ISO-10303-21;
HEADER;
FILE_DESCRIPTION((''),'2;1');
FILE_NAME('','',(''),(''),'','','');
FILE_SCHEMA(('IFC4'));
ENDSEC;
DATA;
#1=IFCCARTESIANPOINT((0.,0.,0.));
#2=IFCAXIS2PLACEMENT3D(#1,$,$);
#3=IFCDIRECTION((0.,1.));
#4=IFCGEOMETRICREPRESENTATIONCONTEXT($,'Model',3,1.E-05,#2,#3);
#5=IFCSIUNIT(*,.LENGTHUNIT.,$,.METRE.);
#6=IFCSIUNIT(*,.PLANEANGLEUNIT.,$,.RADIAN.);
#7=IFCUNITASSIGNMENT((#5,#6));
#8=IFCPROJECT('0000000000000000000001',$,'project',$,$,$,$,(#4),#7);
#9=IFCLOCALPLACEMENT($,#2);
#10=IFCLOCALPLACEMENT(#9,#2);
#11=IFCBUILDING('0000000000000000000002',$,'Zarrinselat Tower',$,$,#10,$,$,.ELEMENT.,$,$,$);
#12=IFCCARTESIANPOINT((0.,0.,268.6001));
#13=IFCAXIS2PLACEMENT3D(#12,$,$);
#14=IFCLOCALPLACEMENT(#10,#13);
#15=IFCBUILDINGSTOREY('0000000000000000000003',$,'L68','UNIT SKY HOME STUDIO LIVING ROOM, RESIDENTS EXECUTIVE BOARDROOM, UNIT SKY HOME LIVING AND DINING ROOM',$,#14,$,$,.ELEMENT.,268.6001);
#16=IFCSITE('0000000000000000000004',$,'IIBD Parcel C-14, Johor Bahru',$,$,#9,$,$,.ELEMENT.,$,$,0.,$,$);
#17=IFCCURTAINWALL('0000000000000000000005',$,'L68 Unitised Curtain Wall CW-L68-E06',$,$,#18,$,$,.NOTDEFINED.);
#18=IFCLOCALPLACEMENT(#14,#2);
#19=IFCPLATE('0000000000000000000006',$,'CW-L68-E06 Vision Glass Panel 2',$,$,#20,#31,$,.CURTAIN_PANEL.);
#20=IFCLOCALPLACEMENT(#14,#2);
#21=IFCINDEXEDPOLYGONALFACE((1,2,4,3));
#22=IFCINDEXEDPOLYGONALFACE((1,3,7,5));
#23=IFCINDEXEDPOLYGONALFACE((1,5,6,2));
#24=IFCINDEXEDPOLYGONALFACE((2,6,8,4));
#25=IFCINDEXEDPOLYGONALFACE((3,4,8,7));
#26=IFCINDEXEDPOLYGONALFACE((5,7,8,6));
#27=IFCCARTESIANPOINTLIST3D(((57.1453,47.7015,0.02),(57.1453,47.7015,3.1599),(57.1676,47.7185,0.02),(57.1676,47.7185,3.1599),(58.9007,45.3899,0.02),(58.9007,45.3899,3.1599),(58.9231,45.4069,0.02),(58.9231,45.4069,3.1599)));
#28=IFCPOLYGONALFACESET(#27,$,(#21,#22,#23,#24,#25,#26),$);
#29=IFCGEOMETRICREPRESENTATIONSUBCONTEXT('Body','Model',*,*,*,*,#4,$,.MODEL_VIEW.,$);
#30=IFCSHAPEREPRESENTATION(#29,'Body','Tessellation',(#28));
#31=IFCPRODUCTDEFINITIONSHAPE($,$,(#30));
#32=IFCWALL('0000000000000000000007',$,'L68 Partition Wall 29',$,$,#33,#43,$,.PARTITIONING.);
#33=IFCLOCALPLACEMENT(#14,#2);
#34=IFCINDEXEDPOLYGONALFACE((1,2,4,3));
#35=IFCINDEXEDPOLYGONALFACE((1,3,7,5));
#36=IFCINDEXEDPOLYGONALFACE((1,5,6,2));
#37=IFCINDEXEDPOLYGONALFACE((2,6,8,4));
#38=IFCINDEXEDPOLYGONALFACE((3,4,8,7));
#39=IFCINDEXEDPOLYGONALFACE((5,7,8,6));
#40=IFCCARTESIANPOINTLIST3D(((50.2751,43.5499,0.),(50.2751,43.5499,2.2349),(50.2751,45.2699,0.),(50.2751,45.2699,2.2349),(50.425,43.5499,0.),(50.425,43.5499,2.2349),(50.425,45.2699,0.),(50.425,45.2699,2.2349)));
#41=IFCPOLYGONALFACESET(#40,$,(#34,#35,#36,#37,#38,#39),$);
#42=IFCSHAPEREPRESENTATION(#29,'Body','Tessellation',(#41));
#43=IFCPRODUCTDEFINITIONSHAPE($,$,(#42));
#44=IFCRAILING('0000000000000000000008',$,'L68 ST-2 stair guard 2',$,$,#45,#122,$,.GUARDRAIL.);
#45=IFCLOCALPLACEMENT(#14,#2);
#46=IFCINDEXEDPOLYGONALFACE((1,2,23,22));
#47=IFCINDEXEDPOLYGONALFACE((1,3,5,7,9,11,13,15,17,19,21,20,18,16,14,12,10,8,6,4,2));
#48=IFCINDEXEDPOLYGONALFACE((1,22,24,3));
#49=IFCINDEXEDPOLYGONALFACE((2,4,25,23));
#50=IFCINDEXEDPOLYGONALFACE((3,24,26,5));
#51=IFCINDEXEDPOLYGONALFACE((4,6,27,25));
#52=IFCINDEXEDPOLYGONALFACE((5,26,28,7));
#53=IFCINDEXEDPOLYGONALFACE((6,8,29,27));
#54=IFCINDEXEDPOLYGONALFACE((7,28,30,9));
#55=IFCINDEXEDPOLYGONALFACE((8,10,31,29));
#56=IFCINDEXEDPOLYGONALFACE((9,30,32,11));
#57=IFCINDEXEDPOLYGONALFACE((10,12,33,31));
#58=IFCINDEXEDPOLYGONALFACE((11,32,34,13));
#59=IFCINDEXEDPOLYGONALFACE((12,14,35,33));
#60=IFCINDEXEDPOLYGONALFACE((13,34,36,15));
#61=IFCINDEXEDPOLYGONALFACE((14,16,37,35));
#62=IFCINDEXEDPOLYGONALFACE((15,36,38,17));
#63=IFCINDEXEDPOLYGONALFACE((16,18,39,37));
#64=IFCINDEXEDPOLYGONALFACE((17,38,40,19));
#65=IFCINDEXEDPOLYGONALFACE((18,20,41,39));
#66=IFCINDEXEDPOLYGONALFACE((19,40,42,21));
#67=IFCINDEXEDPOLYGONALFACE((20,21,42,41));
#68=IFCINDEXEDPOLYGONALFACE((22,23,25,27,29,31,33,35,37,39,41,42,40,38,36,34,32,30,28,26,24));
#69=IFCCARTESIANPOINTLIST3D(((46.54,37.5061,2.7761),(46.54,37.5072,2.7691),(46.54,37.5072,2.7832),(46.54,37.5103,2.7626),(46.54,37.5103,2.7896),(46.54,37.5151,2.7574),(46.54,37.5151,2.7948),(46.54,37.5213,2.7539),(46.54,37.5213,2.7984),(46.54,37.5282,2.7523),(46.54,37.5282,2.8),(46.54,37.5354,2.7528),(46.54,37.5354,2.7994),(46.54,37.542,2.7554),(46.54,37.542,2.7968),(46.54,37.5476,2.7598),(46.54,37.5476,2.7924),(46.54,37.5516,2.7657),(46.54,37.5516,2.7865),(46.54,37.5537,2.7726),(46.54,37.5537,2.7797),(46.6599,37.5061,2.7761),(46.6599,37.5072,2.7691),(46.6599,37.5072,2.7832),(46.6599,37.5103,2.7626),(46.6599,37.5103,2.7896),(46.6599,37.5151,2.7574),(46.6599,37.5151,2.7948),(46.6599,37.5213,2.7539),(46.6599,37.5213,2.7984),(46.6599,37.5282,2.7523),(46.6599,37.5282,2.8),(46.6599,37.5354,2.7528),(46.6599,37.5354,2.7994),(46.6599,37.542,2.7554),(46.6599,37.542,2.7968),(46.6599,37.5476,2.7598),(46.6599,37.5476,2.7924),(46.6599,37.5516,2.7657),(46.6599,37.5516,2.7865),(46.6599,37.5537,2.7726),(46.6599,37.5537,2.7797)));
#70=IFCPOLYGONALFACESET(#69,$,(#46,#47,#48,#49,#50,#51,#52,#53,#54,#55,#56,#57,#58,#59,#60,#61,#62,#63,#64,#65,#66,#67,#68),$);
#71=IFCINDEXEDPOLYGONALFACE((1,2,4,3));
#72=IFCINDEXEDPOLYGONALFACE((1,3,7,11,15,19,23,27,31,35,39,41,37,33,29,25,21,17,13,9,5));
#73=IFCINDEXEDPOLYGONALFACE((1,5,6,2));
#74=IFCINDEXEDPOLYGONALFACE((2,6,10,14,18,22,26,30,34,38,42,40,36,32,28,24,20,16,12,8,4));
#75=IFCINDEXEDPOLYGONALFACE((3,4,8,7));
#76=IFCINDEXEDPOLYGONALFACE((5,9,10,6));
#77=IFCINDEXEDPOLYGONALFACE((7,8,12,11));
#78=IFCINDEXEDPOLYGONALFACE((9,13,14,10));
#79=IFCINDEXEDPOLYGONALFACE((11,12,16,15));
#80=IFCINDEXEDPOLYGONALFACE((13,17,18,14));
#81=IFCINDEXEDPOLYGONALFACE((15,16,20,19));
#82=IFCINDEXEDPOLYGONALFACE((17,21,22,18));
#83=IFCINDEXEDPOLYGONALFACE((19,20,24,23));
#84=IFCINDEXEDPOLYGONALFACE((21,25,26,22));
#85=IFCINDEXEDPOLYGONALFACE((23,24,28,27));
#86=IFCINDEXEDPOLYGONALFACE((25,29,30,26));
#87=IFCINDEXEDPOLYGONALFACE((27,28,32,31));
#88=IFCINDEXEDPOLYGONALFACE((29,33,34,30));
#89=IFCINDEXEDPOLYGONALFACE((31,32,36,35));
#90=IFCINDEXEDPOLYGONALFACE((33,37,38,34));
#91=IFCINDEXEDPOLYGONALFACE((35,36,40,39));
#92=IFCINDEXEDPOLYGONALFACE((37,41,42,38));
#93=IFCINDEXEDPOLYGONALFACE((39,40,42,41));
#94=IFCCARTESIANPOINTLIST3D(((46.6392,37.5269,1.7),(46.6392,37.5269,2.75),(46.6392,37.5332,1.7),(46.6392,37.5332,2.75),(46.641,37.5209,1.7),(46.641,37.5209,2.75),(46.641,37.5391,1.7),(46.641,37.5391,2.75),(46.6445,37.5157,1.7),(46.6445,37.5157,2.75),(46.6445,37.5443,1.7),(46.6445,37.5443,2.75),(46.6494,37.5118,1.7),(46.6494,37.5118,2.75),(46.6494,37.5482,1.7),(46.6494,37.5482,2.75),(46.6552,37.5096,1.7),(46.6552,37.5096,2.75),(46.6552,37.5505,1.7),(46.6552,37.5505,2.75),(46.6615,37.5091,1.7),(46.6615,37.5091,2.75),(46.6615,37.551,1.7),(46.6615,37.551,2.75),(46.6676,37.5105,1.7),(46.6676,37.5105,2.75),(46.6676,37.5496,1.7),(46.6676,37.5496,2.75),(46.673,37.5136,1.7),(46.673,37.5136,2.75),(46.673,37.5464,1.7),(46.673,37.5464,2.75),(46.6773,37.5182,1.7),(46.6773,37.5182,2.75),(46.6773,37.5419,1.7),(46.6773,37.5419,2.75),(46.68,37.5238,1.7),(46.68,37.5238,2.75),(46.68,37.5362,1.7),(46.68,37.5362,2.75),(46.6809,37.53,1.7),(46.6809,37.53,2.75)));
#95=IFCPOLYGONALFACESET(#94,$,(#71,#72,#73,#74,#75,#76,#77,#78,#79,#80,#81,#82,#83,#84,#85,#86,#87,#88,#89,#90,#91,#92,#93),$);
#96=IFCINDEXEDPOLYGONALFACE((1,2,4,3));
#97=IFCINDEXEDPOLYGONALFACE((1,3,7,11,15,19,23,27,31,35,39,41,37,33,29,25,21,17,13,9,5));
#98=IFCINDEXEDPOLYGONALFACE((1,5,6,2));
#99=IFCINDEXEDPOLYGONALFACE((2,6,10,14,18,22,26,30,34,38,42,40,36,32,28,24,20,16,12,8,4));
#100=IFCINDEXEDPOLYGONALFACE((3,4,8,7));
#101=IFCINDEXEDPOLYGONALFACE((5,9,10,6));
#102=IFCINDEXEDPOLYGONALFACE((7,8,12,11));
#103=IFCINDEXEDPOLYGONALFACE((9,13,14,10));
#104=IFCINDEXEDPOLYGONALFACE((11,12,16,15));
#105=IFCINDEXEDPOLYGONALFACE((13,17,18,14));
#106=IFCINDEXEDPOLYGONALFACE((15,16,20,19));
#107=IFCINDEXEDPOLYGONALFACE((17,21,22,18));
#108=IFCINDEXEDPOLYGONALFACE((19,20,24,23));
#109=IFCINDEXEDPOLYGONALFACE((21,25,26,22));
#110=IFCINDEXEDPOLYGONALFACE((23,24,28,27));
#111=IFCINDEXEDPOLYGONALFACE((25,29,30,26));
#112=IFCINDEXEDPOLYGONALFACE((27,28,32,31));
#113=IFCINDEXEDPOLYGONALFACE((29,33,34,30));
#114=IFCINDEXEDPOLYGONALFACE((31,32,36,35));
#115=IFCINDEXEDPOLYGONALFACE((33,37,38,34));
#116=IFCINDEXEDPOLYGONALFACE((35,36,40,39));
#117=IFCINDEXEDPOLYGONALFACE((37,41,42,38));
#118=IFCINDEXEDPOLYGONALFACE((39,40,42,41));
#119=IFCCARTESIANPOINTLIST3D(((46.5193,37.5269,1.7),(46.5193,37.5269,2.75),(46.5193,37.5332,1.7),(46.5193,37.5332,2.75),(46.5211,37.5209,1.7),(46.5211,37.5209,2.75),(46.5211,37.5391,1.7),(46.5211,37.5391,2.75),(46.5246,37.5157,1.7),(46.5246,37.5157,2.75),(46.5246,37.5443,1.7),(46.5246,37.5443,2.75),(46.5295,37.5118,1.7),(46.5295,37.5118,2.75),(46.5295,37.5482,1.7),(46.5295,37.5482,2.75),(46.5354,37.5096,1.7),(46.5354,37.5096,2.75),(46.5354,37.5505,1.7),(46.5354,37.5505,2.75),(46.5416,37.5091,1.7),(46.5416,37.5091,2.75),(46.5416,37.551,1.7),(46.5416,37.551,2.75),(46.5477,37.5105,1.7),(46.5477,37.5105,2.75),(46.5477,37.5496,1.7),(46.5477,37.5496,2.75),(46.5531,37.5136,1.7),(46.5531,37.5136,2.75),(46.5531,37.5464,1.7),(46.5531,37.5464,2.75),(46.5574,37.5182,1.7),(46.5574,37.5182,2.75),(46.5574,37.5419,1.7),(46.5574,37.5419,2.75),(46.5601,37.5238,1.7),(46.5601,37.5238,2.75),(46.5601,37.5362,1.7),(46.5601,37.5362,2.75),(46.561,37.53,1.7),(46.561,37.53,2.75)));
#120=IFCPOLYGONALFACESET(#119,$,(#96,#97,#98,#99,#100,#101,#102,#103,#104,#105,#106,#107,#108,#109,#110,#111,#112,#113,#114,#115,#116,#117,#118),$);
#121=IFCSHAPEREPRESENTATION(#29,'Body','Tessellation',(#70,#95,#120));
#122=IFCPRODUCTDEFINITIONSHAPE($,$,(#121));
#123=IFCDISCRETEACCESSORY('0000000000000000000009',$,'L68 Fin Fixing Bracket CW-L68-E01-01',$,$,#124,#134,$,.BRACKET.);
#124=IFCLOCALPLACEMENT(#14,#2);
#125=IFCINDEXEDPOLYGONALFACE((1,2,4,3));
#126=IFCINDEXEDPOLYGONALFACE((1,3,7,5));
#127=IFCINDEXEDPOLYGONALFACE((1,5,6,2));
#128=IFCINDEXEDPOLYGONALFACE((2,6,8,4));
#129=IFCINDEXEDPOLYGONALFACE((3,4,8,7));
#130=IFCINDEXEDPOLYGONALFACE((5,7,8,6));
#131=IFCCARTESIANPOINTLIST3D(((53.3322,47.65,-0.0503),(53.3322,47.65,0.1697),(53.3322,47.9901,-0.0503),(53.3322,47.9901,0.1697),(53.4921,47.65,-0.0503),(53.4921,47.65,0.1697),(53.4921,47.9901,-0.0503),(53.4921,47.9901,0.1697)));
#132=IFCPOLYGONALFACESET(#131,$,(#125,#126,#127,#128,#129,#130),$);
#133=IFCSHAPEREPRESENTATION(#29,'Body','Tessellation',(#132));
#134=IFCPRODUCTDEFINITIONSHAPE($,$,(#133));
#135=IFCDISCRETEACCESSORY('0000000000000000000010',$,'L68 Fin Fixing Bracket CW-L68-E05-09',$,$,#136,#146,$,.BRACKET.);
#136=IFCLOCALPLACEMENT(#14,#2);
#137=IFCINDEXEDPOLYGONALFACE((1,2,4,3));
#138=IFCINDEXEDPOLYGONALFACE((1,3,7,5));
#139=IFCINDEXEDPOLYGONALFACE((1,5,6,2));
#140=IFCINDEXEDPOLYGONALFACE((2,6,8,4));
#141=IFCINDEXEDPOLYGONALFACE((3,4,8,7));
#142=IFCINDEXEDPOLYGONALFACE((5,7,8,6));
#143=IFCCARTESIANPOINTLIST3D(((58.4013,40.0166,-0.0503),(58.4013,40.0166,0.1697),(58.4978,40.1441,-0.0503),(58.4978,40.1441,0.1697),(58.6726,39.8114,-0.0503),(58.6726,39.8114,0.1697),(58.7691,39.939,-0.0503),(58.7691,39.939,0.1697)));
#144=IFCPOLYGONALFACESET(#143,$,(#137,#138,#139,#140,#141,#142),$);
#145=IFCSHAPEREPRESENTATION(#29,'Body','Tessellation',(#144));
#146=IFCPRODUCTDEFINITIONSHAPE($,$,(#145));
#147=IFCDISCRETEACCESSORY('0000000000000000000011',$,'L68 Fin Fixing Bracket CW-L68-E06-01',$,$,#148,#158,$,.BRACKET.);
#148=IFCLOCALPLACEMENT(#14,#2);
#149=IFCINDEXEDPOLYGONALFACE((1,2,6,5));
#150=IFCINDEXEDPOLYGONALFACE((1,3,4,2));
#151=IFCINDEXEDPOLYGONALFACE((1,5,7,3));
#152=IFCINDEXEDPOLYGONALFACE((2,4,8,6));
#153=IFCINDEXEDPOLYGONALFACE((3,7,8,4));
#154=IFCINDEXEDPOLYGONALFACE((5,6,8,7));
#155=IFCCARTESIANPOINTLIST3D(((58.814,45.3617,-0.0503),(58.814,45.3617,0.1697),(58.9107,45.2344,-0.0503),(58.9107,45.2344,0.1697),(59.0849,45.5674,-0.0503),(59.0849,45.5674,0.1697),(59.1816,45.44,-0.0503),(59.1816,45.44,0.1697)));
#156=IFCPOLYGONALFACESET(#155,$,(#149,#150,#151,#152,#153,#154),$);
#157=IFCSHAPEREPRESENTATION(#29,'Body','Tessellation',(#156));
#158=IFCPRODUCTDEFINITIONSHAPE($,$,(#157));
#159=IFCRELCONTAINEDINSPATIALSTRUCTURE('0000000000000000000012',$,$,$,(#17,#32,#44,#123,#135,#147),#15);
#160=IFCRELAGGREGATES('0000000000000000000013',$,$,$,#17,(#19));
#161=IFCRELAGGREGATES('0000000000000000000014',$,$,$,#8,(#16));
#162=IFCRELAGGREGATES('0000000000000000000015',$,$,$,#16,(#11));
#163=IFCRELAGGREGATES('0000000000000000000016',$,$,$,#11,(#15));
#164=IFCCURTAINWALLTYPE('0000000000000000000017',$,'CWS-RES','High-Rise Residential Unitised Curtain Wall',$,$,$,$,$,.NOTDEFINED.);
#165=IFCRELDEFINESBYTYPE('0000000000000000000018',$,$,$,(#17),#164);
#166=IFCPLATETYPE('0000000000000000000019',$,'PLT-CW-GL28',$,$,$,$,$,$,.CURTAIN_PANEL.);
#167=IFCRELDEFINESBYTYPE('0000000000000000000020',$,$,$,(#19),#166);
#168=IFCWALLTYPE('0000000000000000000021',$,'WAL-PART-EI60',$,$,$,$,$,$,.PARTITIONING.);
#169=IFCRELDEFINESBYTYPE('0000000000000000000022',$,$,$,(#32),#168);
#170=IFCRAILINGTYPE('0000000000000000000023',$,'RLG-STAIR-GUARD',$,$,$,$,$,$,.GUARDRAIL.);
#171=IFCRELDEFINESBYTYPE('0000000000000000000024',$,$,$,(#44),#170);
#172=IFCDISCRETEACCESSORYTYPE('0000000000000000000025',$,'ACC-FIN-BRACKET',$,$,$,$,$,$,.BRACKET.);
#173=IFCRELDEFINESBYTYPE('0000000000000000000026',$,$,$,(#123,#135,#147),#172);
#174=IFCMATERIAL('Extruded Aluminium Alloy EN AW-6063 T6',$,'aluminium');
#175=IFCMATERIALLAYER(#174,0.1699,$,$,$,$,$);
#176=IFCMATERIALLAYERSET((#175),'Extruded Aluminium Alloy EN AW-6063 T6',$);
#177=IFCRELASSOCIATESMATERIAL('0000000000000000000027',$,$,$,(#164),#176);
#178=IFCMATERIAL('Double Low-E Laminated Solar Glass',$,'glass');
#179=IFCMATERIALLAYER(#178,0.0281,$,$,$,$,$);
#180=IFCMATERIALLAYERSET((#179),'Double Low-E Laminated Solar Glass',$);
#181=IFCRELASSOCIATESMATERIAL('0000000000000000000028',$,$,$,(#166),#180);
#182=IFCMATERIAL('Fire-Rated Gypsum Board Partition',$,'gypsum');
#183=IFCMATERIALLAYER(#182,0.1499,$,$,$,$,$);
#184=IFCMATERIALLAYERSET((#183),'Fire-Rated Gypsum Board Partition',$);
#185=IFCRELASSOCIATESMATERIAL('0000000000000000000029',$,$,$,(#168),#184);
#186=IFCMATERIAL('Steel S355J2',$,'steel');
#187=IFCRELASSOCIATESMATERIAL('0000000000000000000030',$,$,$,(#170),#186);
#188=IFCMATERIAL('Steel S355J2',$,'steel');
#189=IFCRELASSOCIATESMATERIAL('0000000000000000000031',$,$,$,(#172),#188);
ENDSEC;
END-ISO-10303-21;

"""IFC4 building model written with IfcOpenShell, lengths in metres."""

from ifc_helpers import new_model, si_unit, direction, frame, frame_2d, origin, origin_2d, place, context, subcontext, project, spatial, rectangle, circle, extrude, material, layer, layer_set, type_object, element, aggregate, save


model = new_model("IFC4")

# Units and contexts
model_context = context("Model", 3, precision=1e-05, world=origin(), true_north=direction((0.0, 1.0)))
body_context = subcontext(model_context, "Body", "Model", "MODEL_VIEW")
ifc_project = project(units=[si_unit("LENGTHUNIT", "METRE"), si_unit("PLANEANGLEUNIT", "RADIAN")], contexts=[model_context])

# Site, building, storey
site_placement = place(None, origin())
site = spatial("IfcSite", under=ifc_project, at=site_placement, Name="IIBD Parcel C-14, Johor Bahru", CompositionType="ELEMENT", RefElevation=0.0)
building_placement = place(site_placement, origin())
building = spatial("IfcBuilding", under=site, at=building_placement, Name="Zarrinselat Tower", CompositionType="ELEMENT")
storey_placement = place(building_placement, frame((0.0, 0.0, 268.6001)))
storey = spatial("IfcBuildingStorey", under=building, at=storey_placement, Name="L68", Description="UNIT SKY HOME STUDIO LIVING ROOM, RESIDENTS EXECUTIVE BOARDROOM, UNIT SKY HOME LIVING AND DINING ROOM", CompositionType="ELEMENT", Elevation=268.6001)

# Shared definitions
ifc_material_1 = material(Name="Extruded Aluminium Alloy EN AW-6063 T6", Category="aluminium")
ifc_layer_1 = layer(ifc_material_1, 0.1699)
ifc_layer_set_1 = layer_set([ifc_layer_1], Name="Extruded Aluminium Alloy EN AW-6063 T6")
curtain_wall_type_1 = type_object("IfcCurtainWallType", Name="CWS-RES", Description="High-Rise Residential Unitised Curtain Wall", PredefinedType="NOTDEFINED", material=ifc_layer_set_1)

# Curtain wall
curtain_wall_1_placement = place(storey_placement, origin())
curtain_wall_1 = element("IfcCurtainWall", 1, at=curtain_wall_1_placement, inside=storey, type_object=curtain_wall_type_1, Name="L68 Unitised Curtain Wall CW-L68-E06", PredefinedType="NOTDEFINED")

# Plate
ifc_material_2 = material(Name="Double Low-E Laminated Solar Glass", Category="glass")
ifc_layer_2 = layer(ifc_material_2, 0.0281)
ifc_layer_set_2 = layer_set([ifc_layer_2], Name="Double Low-E Laminated Solar Glass")
plate_type = type_object("IfcPlateType", Name="PLT-CW-GL28", PredefinedType="CURTAIN_PANEL", material=ifc_layer_set_2)
plate_1_placement = place(storey_placement, frame((58.0342, 46.5542, 0.02), z_axis=(0.0, 0.0, 1.0), x_axis=(-0.604782, 0.796391, 0.0)))
plate_1 = element("IfcPlate", 2, at=plate_1_placement, type_object=plate_type, Name="CW-L68-E06 Vision Glass Panel 2", PredefinedType="CURTAIN_PANEL", context=body_context, shape_type="SweptSolid", body=[
    extrude(rectangle(XDim=2.9026, YDim=0.0281, at=origin_2d()), origin(), (0.0, 0.0, 1.0), 3.1399),
])
aggregate(curtain_wall_1, [plate_1])

# Wall
ifc_material_3 = material(Name="Fire-Rated Gypsum Board Partition", Category="gypsum")
ifc_layer_3 = layer(ifc_material_3, 0.1499)
ifc_layer_set_3 = layer_set([ifc_layer_3], Name="Fire-Rated Gypsum Board Partition")
wall_type = type_object("IfcWallType", Name="WAL-PART-EI60", PredefinedType="PARTITIONING", material=ifc_layer_set_3)
wall_placement = place(storey_placement, frame((50.3501, 43.55, 0.0), z_axis=(0.0, 0.0, 1.0), x_axis=(0.0, 1.0, 0.0)))
element("IfcWall", 3, at=wall_placement, inside=storey, type_object=wall_type, Name="L68 Partition Wall 29", PredefinedType="PARTITIONING", context=body_context, shape_type="SweptSolid", body=[
    extrude(rectangle(XDim=1.72, YDim=0.1499, at=frame_2d((0.8599, 0.0))), origin(), (0.0, 0.0, 1.0), 2.2349),
])

# Railing
ifc_material_4 = material(Name="Steel S355J2", Category="steel")
railing_type = type_object("IfcRailingType", Name="RLG-STAIR-GUARD", PredefinedType="GUARDRAIL", material=ifc_material_4)
railing_placement = place(storey_placement, frame((46.6599, 37.53, 1.7)))
element("IfcRailing", 4, at=railing_placement, inside=storey, type_object=railing_type, Name="L68 ST-2 stair guard 2", PredefinedType="GUARDRAIL", context=body_context, shape_type="SweptSolid", body=[
    extrude(circle(Radius=0.0239, at=origin_2d()), frame((0.0, 0.0, 1.0762), z_axis=(-1.0, 0.0, 0.0), x_axis=(0.0, -1.0, 0.0)), (0.0, 0.0, 1.0), 0.1199),
    extrude(circle(Radius=0.021, at=origin_2d()), origin(), (0.0, 0.0, 1.0), 1.05),
    extrude(circle(Radius=0.021, at=origin_2d()), frame((-0.1199, 0.0, 0.0)), (0.0, 0.0, 1.0), 1.05),
])

# Discrete accessories
ifc_material_5 = material(Name="Steel S355J2", Category="steel")
discrete_accessory_type = type_object("IfcDiscreteAccessoryType", Name="ACC-FIN-BRACKET", PredefinedType="BRACKET", material=ifc_material_5)
for number, where, z_axis, x_axis, name in (
    (5, (53.4121, 47.8201, -0.0503), (0.0, 0.0, 1.0), (0.0, 1.0, 0.0), "L68 Fin Fixing Bracket CW-L68-E01-01"),
    (6, (58.5852, 39.9778, -0.0503), (0.0, 0.0, 1.0), (0.797613, -0.60317, 0.0), "L68 Fin Fixing Bracket CW-L68-E05-09"),
    (7, (58.9978, 45.4009, -0.0503), (0.0, 0.0, 1.0), (0.796391, 0.604782, 0.0), "L68 Fin Fixing Bracket CW-L68-E06-01"),
):
    element("IfcDiscreteAccessory", number, at=place(storey_placement, frame(where, z_axis=z_axis, x_axis=x_axis)), inside=storey, type_object=discrete_accessory_type, Name=name, PredefinedType="BRACKET", context=body_context, shape_type="SweptSolid", body=[
        extrude(rectangle(XDim=0.3401, YDim=0.1599, at=origin_2d()), origin(), (0.0, 0.0, 1.0), 0.22),
    ])

save(model, "model.ifc")
